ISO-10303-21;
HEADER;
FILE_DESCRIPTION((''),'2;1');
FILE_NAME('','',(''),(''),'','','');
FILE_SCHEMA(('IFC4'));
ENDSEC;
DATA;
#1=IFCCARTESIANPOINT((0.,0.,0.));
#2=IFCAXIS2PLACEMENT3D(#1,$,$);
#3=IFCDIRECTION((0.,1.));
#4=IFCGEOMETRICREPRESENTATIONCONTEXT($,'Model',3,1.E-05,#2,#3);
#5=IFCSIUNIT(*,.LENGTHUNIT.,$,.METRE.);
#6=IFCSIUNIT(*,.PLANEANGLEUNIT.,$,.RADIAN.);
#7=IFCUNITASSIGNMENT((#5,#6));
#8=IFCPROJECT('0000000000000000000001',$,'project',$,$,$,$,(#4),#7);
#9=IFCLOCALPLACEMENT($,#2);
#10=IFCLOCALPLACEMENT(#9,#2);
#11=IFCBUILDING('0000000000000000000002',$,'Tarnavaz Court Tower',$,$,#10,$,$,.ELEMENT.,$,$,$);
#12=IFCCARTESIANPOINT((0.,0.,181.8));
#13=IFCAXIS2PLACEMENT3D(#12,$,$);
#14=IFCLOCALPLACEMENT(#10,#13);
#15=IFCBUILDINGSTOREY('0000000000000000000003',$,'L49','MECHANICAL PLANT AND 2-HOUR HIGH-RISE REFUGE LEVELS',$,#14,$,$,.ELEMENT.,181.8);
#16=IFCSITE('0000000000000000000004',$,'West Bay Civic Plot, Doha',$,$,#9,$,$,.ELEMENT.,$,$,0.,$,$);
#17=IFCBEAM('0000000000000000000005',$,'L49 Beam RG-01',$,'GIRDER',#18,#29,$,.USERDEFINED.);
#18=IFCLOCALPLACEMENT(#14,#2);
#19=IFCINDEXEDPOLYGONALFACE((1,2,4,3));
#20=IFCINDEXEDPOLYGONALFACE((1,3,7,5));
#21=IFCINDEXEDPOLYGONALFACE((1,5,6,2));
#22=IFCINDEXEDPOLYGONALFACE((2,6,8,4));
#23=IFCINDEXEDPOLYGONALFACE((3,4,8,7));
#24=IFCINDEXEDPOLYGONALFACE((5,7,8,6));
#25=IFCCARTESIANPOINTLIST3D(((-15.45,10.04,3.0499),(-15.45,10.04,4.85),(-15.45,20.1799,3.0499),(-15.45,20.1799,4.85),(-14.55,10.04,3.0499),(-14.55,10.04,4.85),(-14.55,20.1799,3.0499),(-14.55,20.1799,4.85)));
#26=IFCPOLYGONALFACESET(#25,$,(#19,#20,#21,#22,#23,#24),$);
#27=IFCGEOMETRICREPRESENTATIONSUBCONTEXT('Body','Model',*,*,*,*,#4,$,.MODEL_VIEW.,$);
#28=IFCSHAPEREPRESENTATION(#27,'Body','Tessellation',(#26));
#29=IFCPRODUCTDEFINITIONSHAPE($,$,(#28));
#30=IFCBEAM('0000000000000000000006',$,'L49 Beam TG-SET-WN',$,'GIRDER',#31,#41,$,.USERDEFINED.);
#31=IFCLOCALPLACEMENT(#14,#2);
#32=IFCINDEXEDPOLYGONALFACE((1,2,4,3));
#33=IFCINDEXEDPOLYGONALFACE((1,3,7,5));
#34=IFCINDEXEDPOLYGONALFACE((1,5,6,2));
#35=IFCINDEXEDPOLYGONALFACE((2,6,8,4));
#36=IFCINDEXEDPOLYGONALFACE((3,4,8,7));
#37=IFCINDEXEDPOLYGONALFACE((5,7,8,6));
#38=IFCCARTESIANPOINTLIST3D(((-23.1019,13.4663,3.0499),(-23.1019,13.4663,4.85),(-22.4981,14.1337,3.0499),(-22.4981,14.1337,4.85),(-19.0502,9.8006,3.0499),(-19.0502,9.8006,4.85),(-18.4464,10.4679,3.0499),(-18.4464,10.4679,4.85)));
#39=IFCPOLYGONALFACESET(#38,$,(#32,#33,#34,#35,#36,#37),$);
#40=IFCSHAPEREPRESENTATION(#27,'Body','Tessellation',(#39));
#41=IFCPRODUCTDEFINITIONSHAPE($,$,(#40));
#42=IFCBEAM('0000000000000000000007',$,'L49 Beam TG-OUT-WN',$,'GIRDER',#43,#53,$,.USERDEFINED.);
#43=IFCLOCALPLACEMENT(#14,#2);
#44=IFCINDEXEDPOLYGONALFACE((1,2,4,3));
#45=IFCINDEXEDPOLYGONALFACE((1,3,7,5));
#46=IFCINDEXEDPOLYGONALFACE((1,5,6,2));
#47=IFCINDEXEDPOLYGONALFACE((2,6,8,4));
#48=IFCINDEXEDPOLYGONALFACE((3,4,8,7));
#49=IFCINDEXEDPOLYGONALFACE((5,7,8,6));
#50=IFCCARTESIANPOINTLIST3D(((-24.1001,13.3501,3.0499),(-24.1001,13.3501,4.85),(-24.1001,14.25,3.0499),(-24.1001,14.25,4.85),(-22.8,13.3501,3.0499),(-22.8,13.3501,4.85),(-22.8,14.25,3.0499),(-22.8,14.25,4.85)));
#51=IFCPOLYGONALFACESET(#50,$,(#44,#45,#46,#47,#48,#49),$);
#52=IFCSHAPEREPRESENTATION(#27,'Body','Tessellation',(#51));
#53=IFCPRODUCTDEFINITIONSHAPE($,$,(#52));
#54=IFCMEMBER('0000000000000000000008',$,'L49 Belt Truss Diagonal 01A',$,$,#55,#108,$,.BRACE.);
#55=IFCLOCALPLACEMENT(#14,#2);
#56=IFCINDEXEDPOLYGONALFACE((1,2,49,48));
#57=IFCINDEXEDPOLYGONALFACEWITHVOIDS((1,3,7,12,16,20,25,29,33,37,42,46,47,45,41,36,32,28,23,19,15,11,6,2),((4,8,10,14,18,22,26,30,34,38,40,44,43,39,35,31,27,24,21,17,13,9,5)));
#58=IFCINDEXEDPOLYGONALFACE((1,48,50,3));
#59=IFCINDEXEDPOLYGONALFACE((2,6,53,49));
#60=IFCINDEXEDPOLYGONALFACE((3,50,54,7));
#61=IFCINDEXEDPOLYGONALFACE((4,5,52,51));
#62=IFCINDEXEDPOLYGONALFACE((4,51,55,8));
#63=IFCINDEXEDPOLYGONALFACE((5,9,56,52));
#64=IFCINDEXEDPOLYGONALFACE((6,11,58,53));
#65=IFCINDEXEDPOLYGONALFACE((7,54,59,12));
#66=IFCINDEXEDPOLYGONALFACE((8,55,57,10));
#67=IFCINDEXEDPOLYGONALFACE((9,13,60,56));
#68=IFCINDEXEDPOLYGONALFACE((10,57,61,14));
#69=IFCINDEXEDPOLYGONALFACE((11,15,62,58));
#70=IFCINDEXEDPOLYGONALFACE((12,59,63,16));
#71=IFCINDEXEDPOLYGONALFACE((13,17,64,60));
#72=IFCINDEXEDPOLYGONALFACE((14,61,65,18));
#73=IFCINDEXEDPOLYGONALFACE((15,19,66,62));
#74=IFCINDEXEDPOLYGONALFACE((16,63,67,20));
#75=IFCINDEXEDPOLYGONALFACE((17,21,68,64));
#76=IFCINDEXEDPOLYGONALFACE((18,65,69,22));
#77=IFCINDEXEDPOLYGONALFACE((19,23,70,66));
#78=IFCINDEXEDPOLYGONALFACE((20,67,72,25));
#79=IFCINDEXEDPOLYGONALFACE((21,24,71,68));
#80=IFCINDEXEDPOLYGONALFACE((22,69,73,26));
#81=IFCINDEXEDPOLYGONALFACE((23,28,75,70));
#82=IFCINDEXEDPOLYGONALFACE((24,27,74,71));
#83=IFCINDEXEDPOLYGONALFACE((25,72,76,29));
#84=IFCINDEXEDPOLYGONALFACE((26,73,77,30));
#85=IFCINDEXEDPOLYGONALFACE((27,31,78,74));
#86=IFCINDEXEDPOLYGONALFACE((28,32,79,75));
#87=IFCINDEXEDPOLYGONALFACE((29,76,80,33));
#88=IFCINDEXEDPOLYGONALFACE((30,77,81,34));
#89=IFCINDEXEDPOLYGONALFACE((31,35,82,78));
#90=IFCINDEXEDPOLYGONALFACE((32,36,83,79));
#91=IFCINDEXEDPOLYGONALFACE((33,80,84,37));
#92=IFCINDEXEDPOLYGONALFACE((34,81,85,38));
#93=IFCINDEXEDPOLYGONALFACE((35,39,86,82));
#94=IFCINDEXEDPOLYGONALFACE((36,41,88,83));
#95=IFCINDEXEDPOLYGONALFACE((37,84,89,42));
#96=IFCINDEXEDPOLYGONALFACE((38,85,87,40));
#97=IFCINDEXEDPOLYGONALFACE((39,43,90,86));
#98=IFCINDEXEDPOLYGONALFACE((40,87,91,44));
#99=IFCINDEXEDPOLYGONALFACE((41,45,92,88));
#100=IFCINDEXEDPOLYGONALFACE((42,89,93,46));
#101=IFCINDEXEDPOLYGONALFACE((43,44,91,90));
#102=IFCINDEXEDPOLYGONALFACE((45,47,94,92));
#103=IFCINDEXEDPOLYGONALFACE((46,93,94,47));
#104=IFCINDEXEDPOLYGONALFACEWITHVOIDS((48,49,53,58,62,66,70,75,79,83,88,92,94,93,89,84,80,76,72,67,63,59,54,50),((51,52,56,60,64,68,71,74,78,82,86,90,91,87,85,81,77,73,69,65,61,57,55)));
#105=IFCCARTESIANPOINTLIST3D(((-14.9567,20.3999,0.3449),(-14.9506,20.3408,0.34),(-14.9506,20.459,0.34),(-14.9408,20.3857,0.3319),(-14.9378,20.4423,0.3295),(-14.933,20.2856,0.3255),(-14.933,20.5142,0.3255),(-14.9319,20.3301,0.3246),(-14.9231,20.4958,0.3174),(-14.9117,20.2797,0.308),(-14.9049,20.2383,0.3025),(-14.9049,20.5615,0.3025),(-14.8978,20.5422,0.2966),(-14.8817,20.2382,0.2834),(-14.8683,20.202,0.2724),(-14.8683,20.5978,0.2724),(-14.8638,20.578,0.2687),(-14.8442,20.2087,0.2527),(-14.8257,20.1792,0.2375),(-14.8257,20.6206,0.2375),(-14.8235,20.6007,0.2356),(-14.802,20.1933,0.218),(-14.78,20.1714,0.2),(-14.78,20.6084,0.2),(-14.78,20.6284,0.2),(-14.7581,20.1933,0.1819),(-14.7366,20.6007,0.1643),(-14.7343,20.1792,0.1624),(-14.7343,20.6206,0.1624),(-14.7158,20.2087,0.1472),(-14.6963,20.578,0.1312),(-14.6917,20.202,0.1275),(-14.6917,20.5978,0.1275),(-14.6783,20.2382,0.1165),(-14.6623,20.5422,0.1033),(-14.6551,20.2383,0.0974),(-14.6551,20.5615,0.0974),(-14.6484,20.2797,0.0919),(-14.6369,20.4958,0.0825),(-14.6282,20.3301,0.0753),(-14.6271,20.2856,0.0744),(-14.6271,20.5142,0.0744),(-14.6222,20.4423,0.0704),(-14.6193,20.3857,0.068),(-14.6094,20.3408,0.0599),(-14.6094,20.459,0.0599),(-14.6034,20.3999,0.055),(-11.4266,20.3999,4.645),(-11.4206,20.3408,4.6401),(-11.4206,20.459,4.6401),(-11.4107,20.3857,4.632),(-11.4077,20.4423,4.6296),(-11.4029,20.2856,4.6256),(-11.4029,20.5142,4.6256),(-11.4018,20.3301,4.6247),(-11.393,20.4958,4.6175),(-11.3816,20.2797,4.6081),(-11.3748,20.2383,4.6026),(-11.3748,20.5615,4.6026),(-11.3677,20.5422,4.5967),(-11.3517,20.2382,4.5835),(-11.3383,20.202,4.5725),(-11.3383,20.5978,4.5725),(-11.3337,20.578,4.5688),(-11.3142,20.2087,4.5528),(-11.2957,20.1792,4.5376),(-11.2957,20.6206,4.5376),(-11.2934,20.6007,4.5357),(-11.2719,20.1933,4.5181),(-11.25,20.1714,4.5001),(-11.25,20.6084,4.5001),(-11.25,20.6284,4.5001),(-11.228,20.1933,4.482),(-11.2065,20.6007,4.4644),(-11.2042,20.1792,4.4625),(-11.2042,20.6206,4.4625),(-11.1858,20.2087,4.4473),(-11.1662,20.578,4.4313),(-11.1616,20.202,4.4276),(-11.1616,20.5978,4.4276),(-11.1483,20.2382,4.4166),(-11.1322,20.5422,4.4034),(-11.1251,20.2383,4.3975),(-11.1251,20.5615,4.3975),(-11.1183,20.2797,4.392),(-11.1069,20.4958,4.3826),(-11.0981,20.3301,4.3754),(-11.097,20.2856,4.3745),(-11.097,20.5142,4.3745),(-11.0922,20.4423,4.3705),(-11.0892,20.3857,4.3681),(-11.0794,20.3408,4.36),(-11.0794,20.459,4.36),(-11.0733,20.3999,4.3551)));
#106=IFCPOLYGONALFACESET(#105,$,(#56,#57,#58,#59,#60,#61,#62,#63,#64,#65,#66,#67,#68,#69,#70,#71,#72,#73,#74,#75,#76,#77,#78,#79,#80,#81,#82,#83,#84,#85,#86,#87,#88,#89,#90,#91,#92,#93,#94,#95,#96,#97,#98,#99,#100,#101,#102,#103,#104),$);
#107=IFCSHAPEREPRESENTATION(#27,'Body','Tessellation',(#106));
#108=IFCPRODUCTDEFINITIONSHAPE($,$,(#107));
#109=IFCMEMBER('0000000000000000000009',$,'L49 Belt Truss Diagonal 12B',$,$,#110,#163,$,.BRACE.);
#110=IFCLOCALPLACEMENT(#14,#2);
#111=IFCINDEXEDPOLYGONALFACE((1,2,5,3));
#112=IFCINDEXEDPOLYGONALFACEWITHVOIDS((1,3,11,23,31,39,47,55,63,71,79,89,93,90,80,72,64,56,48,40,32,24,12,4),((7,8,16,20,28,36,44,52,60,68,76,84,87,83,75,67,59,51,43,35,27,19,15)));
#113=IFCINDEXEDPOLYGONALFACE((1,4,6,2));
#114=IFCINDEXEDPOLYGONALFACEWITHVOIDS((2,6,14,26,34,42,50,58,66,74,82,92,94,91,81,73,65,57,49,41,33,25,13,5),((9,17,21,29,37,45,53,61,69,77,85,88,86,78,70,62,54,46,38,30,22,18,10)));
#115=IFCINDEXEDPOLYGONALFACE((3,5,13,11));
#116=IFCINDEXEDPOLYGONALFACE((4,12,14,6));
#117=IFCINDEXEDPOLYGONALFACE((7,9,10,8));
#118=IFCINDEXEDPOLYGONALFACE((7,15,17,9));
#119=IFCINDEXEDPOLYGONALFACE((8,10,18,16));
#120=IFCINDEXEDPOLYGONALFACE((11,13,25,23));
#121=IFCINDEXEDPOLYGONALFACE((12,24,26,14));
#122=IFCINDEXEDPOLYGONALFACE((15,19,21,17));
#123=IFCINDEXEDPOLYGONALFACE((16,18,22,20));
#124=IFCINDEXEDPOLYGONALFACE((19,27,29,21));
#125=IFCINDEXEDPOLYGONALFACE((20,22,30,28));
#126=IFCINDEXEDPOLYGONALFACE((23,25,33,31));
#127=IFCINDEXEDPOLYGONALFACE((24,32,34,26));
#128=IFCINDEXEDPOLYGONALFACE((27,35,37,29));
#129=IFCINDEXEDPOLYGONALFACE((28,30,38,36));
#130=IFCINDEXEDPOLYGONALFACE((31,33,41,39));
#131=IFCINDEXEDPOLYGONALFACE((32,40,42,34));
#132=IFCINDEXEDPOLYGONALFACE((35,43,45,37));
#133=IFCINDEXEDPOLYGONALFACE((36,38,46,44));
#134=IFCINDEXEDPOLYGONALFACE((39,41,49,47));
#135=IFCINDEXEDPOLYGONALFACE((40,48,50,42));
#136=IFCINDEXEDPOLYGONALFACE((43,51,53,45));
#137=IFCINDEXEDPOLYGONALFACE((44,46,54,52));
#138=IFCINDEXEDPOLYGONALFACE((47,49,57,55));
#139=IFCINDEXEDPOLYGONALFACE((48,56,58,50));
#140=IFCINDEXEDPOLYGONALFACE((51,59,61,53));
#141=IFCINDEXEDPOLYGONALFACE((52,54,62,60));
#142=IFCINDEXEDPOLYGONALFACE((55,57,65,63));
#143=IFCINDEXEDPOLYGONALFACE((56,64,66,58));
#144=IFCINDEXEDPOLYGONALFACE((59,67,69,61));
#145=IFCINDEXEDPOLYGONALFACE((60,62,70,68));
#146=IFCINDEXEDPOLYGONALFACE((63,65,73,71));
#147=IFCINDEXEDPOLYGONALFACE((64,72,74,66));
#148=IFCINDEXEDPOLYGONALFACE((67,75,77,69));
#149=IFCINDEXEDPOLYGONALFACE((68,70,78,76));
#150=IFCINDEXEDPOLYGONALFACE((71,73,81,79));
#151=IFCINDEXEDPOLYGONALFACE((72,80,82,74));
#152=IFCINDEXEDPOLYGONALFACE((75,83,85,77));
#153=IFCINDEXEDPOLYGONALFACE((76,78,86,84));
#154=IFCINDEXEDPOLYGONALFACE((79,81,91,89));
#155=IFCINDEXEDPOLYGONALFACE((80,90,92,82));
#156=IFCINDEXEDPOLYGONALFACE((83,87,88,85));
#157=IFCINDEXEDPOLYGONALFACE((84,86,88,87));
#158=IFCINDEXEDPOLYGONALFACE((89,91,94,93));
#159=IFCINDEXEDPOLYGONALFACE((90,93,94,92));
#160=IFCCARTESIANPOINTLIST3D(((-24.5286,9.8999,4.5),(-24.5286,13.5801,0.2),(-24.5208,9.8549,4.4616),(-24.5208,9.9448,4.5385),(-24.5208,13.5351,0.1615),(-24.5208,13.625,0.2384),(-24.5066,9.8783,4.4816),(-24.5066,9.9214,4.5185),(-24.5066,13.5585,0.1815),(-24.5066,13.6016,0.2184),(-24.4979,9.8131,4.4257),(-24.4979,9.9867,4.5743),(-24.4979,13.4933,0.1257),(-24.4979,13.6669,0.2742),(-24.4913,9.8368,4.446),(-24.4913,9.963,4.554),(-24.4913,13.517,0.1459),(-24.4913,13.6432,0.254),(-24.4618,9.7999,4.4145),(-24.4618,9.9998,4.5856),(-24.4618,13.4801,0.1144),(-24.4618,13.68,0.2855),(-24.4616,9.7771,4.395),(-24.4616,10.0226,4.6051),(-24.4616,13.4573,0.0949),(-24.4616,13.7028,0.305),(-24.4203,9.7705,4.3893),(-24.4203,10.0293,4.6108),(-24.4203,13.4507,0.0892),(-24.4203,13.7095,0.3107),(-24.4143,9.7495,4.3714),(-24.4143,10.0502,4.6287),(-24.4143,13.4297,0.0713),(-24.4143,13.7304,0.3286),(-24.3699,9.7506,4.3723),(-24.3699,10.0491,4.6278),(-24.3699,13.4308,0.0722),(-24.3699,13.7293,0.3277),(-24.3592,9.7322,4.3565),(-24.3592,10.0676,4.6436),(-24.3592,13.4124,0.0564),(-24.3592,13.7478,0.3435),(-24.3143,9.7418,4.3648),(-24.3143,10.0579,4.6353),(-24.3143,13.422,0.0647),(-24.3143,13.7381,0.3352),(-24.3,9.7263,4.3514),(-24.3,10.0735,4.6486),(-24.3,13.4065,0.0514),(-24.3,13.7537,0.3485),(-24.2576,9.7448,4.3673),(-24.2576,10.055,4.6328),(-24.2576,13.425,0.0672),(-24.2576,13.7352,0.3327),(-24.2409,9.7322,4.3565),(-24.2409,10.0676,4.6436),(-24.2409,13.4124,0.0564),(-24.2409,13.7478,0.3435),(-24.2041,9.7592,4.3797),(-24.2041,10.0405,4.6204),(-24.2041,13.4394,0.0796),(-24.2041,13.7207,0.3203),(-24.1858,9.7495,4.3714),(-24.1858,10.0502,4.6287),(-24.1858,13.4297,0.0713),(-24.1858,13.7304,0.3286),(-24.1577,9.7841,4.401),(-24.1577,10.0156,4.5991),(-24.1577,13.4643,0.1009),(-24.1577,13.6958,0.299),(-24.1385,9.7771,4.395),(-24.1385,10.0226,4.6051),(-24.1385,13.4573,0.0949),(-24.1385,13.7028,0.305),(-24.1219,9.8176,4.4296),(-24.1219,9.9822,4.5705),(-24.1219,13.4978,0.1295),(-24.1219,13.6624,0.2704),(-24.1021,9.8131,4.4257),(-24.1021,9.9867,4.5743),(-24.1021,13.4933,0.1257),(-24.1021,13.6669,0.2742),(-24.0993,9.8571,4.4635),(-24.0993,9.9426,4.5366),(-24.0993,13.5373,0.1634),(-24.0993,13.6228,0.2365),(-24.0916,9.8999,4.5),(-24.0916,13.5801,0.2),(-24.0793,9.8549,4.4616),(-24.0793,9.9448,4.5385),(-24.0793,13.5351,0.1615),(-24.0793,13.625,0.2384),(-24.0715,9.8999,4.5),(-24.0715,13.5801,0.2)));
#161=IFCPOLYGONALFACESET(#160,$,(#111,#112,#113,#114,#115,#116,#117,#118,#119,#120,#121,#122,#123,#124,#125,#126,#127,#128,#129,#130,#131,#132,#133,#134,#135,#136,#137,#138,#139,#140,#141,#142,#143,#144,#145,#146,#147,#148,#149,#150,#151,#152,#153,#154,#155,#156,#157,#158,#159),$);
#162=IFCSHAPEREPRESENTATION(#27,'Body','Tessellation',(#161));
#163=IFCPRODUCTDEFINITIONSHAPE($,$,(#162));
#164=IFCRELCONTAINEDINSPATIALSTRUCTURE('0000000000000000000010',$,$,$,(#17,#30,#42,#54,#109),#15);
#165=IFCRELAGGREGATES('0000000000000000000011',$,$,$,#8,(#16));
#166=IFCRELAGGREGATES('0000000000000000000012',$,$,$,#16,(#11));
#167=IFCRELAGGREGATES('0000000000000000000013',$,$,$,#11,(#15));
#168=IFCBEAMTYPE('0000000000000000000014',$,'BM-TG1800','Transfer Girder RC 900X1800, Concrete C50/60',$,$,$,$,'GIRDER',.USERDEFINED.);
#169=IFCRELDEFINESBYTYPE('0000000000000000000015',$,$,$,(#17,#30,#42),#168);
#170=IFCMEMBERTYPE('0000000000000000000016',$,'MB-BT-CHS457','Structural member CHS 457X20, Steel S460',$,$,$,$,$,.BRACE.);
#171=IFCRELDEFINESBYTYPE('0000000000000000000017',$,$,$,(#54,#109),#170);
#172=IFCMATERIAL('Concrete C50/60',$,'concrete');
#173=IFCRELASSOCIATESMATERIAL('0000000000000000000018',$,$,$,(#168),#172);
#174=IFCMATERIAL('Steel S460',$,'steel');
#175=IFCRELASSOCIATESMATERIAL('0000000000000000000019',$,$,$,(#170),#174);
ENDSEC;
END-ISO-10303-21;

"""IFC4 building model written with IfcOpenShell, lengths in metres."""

from ifc_helpers import new_model, si_unit, direction, frame, origin, origin_2d, place, context, subcontext, project, spatial, rectangle, hollow_circle, extrude, material, material_profile, profile_set, type_object, element, save


model = new_model("IFC4")

# Units and contexts
model_context = context("Model", 3, precision=1e-05, world=origin(), true_north=direction((0.0, 1.0)))
body_context = subcontext(model_context, "Body", "Model", "MODEL_VIEW")
ifc_project = project(units=[si_unit("LENGTHUNIT", "METRE"), si_unit("PLANEANGLEUNIT", "RADIAN")], contexts=[model_context])

# Site, building, storey
site_placement = place(None, origin())
site = spatial("IfcSite", under=ifc_project, at=site_placement, Name="West Bay Civic Plot, Doha", CompositionType="ELEMENT", RefElevation=0.0)
building_placement = place(site_placement, origin())
building = spatial("IfcBuilding", under=site, at=building_placement, Name="Tarnavaz Court Tower", CompositionType="ELEMENT")
storey_placement = place(building_placement, frame((0.0, 0.0, 181.8)))
storey = spatial("IfcBuildingStorey", under=building, at=storey_placement, Name="L49", Description="MECHANICAL PLANT AND 2-HOUR HIGH-RISE REFUGE LEVELS", CompositionType="ELEMENT", Elevation=181.8)

# Shared definitions
ifc_material_1 = material(Name="Steel S460", Category="steel")

# Beams
ifc_material_2 = material(Name="Concrete C50/60", Category="concrete")
ifc_material_profile_1 = material_profile(ifc_material_2, rectangle(XDim=0.8999, YDim=1.8, at=origin_2d()), Name="RC 900X1800")
ifc_profile_set_1 = profile_set([ifc_material_profile_1], Name="Concrete C50/60")
beam_type_1 = type_object("IfcBeamType", Name="BM-TG1800", Description="Transfer Girder RC 900X1800, Concrete C50/60", ElementType="GIRDER", PredefinedType="USERDEFINED", material=ifc_profile_set_1)
beam_1_placement = place(storey_placement, frame((-15.0, 10.04, 3.95), z_axis=(0.0, 1.0, 0.0), x_axis=(-1.0, 0.0, 0.0)))
element("IfcBeam", 1, at=beam_1_placement, inside=storey, type_object=beam_type_1, Name="L49 Beam RG-01", ObjectType="GIRDER", PredefinedType="USERDEFINED", context=body_context, shape_type="SweptSolid", body=[
    extrude(rectangle(XDim=0.8999, YDim=1.8, at=origin_2d()), origin(), (0.0, 0.0, 1.0), 10.1399),
])
beam_2_placement = place(storey_placement, frame((-18.7483, 10.1343, 3.95), z_axis=(-0.741545, 0.670903, 0.0), x_axis=(-0.670903, -0.741545, 0.0)))
element("IfcBeam", 2, at=beam_2_placement, inside=storey, type_object=beam_type_1, Name="L49 Beam TG-SET-WN", ObjectType="GIRDER", PredefinedType="USERDEFINED", context=body_context, shape_type="SweptSolid", body=[
    extrude(rectangle(XDim=0.8999, YDim=1.8, at=origin_2d()), origin(), (0.0, 0.0, 1.0), 5.4639),
])
beam_3_placement = place(storey_placement, frame((-22.8, 13.8, 3.95), z_axis=(-1.0, 0.0, 0.0), x_axis=(0.0, -1.0, 0.0)))
element("IfcBeam", 3, at=beam_3_placement, inside=storey, type_object=beam_type_1, Name="L49 Beam TG-OUT-WN", ObjectType="GIRDER", PredefinedType="USERDEFINED", context=body_context, shape_type="SweptSolid", body=[
    extrude(rectangle(XDim=0.8999, YDim=1.8, at=origin_2d()), origin(), (0.0, 0.0, 1.0), 1.3),
])

# Members
ifc_material_profile_2 = material_profile(ifc_material_1, hollow_circle(Radius=0.2285, WallThickness=0.02, at=origin_2d()), Name="CHS 457X20")
ifc_profile_set_2 = profile_set([ifc_material_profile_2], Name="Steel S460")
member_type_1 = type_object("IfcMemberType", Name="MB-BT-CHS457", Description="Structural member CHS 457X20, Steel S460", PredefinedType="BRACE", material=ifc_profile_set_2)
member_1_placement = place(storey_placement, frame((-14.78, 20.3999, 0.2), z_axis=(0.634508, 0.0, 0.772916), x_axis=(0.0, 1.0, 0.0)))
element("IfcMember", 4, at=member_1_placement, inside=storey, type_object=member_type_1, Name="L49 Belt Truss Diagonal 01A", PredefinedType="BRACE", context=body_context, shape_type="SweptSolid", body=[
    extrude(hollow_circle(Radius=0.2285, WallThickness=0.02, at=origin_2d()), origin(), (0.0, 0.0, 1.0), 5.5635),
])
member_2_placement = place(storey_placement, frame((-24.3, 13.5801, 0.2), z_axis=(0.0, -0.650223, 0.759744), x_axis=(1.0, 0.0, 0.0)))
element("IfcMember", 5, at=member_2_placement, inside=storey, type_object=member_type_1, Name="L49 Belt Truss Diagonal 12B", PredefinedType="BRACE", context=body_context, shape_type="SweptSolid", body=[
    extrude(hollow_circle(Radius=0.2285, WallThickness=0.02, at=origin_2d()), origin(), (0.0, 0.0, 1.0), 5.6599),
])

save(model, "model.ifc")
